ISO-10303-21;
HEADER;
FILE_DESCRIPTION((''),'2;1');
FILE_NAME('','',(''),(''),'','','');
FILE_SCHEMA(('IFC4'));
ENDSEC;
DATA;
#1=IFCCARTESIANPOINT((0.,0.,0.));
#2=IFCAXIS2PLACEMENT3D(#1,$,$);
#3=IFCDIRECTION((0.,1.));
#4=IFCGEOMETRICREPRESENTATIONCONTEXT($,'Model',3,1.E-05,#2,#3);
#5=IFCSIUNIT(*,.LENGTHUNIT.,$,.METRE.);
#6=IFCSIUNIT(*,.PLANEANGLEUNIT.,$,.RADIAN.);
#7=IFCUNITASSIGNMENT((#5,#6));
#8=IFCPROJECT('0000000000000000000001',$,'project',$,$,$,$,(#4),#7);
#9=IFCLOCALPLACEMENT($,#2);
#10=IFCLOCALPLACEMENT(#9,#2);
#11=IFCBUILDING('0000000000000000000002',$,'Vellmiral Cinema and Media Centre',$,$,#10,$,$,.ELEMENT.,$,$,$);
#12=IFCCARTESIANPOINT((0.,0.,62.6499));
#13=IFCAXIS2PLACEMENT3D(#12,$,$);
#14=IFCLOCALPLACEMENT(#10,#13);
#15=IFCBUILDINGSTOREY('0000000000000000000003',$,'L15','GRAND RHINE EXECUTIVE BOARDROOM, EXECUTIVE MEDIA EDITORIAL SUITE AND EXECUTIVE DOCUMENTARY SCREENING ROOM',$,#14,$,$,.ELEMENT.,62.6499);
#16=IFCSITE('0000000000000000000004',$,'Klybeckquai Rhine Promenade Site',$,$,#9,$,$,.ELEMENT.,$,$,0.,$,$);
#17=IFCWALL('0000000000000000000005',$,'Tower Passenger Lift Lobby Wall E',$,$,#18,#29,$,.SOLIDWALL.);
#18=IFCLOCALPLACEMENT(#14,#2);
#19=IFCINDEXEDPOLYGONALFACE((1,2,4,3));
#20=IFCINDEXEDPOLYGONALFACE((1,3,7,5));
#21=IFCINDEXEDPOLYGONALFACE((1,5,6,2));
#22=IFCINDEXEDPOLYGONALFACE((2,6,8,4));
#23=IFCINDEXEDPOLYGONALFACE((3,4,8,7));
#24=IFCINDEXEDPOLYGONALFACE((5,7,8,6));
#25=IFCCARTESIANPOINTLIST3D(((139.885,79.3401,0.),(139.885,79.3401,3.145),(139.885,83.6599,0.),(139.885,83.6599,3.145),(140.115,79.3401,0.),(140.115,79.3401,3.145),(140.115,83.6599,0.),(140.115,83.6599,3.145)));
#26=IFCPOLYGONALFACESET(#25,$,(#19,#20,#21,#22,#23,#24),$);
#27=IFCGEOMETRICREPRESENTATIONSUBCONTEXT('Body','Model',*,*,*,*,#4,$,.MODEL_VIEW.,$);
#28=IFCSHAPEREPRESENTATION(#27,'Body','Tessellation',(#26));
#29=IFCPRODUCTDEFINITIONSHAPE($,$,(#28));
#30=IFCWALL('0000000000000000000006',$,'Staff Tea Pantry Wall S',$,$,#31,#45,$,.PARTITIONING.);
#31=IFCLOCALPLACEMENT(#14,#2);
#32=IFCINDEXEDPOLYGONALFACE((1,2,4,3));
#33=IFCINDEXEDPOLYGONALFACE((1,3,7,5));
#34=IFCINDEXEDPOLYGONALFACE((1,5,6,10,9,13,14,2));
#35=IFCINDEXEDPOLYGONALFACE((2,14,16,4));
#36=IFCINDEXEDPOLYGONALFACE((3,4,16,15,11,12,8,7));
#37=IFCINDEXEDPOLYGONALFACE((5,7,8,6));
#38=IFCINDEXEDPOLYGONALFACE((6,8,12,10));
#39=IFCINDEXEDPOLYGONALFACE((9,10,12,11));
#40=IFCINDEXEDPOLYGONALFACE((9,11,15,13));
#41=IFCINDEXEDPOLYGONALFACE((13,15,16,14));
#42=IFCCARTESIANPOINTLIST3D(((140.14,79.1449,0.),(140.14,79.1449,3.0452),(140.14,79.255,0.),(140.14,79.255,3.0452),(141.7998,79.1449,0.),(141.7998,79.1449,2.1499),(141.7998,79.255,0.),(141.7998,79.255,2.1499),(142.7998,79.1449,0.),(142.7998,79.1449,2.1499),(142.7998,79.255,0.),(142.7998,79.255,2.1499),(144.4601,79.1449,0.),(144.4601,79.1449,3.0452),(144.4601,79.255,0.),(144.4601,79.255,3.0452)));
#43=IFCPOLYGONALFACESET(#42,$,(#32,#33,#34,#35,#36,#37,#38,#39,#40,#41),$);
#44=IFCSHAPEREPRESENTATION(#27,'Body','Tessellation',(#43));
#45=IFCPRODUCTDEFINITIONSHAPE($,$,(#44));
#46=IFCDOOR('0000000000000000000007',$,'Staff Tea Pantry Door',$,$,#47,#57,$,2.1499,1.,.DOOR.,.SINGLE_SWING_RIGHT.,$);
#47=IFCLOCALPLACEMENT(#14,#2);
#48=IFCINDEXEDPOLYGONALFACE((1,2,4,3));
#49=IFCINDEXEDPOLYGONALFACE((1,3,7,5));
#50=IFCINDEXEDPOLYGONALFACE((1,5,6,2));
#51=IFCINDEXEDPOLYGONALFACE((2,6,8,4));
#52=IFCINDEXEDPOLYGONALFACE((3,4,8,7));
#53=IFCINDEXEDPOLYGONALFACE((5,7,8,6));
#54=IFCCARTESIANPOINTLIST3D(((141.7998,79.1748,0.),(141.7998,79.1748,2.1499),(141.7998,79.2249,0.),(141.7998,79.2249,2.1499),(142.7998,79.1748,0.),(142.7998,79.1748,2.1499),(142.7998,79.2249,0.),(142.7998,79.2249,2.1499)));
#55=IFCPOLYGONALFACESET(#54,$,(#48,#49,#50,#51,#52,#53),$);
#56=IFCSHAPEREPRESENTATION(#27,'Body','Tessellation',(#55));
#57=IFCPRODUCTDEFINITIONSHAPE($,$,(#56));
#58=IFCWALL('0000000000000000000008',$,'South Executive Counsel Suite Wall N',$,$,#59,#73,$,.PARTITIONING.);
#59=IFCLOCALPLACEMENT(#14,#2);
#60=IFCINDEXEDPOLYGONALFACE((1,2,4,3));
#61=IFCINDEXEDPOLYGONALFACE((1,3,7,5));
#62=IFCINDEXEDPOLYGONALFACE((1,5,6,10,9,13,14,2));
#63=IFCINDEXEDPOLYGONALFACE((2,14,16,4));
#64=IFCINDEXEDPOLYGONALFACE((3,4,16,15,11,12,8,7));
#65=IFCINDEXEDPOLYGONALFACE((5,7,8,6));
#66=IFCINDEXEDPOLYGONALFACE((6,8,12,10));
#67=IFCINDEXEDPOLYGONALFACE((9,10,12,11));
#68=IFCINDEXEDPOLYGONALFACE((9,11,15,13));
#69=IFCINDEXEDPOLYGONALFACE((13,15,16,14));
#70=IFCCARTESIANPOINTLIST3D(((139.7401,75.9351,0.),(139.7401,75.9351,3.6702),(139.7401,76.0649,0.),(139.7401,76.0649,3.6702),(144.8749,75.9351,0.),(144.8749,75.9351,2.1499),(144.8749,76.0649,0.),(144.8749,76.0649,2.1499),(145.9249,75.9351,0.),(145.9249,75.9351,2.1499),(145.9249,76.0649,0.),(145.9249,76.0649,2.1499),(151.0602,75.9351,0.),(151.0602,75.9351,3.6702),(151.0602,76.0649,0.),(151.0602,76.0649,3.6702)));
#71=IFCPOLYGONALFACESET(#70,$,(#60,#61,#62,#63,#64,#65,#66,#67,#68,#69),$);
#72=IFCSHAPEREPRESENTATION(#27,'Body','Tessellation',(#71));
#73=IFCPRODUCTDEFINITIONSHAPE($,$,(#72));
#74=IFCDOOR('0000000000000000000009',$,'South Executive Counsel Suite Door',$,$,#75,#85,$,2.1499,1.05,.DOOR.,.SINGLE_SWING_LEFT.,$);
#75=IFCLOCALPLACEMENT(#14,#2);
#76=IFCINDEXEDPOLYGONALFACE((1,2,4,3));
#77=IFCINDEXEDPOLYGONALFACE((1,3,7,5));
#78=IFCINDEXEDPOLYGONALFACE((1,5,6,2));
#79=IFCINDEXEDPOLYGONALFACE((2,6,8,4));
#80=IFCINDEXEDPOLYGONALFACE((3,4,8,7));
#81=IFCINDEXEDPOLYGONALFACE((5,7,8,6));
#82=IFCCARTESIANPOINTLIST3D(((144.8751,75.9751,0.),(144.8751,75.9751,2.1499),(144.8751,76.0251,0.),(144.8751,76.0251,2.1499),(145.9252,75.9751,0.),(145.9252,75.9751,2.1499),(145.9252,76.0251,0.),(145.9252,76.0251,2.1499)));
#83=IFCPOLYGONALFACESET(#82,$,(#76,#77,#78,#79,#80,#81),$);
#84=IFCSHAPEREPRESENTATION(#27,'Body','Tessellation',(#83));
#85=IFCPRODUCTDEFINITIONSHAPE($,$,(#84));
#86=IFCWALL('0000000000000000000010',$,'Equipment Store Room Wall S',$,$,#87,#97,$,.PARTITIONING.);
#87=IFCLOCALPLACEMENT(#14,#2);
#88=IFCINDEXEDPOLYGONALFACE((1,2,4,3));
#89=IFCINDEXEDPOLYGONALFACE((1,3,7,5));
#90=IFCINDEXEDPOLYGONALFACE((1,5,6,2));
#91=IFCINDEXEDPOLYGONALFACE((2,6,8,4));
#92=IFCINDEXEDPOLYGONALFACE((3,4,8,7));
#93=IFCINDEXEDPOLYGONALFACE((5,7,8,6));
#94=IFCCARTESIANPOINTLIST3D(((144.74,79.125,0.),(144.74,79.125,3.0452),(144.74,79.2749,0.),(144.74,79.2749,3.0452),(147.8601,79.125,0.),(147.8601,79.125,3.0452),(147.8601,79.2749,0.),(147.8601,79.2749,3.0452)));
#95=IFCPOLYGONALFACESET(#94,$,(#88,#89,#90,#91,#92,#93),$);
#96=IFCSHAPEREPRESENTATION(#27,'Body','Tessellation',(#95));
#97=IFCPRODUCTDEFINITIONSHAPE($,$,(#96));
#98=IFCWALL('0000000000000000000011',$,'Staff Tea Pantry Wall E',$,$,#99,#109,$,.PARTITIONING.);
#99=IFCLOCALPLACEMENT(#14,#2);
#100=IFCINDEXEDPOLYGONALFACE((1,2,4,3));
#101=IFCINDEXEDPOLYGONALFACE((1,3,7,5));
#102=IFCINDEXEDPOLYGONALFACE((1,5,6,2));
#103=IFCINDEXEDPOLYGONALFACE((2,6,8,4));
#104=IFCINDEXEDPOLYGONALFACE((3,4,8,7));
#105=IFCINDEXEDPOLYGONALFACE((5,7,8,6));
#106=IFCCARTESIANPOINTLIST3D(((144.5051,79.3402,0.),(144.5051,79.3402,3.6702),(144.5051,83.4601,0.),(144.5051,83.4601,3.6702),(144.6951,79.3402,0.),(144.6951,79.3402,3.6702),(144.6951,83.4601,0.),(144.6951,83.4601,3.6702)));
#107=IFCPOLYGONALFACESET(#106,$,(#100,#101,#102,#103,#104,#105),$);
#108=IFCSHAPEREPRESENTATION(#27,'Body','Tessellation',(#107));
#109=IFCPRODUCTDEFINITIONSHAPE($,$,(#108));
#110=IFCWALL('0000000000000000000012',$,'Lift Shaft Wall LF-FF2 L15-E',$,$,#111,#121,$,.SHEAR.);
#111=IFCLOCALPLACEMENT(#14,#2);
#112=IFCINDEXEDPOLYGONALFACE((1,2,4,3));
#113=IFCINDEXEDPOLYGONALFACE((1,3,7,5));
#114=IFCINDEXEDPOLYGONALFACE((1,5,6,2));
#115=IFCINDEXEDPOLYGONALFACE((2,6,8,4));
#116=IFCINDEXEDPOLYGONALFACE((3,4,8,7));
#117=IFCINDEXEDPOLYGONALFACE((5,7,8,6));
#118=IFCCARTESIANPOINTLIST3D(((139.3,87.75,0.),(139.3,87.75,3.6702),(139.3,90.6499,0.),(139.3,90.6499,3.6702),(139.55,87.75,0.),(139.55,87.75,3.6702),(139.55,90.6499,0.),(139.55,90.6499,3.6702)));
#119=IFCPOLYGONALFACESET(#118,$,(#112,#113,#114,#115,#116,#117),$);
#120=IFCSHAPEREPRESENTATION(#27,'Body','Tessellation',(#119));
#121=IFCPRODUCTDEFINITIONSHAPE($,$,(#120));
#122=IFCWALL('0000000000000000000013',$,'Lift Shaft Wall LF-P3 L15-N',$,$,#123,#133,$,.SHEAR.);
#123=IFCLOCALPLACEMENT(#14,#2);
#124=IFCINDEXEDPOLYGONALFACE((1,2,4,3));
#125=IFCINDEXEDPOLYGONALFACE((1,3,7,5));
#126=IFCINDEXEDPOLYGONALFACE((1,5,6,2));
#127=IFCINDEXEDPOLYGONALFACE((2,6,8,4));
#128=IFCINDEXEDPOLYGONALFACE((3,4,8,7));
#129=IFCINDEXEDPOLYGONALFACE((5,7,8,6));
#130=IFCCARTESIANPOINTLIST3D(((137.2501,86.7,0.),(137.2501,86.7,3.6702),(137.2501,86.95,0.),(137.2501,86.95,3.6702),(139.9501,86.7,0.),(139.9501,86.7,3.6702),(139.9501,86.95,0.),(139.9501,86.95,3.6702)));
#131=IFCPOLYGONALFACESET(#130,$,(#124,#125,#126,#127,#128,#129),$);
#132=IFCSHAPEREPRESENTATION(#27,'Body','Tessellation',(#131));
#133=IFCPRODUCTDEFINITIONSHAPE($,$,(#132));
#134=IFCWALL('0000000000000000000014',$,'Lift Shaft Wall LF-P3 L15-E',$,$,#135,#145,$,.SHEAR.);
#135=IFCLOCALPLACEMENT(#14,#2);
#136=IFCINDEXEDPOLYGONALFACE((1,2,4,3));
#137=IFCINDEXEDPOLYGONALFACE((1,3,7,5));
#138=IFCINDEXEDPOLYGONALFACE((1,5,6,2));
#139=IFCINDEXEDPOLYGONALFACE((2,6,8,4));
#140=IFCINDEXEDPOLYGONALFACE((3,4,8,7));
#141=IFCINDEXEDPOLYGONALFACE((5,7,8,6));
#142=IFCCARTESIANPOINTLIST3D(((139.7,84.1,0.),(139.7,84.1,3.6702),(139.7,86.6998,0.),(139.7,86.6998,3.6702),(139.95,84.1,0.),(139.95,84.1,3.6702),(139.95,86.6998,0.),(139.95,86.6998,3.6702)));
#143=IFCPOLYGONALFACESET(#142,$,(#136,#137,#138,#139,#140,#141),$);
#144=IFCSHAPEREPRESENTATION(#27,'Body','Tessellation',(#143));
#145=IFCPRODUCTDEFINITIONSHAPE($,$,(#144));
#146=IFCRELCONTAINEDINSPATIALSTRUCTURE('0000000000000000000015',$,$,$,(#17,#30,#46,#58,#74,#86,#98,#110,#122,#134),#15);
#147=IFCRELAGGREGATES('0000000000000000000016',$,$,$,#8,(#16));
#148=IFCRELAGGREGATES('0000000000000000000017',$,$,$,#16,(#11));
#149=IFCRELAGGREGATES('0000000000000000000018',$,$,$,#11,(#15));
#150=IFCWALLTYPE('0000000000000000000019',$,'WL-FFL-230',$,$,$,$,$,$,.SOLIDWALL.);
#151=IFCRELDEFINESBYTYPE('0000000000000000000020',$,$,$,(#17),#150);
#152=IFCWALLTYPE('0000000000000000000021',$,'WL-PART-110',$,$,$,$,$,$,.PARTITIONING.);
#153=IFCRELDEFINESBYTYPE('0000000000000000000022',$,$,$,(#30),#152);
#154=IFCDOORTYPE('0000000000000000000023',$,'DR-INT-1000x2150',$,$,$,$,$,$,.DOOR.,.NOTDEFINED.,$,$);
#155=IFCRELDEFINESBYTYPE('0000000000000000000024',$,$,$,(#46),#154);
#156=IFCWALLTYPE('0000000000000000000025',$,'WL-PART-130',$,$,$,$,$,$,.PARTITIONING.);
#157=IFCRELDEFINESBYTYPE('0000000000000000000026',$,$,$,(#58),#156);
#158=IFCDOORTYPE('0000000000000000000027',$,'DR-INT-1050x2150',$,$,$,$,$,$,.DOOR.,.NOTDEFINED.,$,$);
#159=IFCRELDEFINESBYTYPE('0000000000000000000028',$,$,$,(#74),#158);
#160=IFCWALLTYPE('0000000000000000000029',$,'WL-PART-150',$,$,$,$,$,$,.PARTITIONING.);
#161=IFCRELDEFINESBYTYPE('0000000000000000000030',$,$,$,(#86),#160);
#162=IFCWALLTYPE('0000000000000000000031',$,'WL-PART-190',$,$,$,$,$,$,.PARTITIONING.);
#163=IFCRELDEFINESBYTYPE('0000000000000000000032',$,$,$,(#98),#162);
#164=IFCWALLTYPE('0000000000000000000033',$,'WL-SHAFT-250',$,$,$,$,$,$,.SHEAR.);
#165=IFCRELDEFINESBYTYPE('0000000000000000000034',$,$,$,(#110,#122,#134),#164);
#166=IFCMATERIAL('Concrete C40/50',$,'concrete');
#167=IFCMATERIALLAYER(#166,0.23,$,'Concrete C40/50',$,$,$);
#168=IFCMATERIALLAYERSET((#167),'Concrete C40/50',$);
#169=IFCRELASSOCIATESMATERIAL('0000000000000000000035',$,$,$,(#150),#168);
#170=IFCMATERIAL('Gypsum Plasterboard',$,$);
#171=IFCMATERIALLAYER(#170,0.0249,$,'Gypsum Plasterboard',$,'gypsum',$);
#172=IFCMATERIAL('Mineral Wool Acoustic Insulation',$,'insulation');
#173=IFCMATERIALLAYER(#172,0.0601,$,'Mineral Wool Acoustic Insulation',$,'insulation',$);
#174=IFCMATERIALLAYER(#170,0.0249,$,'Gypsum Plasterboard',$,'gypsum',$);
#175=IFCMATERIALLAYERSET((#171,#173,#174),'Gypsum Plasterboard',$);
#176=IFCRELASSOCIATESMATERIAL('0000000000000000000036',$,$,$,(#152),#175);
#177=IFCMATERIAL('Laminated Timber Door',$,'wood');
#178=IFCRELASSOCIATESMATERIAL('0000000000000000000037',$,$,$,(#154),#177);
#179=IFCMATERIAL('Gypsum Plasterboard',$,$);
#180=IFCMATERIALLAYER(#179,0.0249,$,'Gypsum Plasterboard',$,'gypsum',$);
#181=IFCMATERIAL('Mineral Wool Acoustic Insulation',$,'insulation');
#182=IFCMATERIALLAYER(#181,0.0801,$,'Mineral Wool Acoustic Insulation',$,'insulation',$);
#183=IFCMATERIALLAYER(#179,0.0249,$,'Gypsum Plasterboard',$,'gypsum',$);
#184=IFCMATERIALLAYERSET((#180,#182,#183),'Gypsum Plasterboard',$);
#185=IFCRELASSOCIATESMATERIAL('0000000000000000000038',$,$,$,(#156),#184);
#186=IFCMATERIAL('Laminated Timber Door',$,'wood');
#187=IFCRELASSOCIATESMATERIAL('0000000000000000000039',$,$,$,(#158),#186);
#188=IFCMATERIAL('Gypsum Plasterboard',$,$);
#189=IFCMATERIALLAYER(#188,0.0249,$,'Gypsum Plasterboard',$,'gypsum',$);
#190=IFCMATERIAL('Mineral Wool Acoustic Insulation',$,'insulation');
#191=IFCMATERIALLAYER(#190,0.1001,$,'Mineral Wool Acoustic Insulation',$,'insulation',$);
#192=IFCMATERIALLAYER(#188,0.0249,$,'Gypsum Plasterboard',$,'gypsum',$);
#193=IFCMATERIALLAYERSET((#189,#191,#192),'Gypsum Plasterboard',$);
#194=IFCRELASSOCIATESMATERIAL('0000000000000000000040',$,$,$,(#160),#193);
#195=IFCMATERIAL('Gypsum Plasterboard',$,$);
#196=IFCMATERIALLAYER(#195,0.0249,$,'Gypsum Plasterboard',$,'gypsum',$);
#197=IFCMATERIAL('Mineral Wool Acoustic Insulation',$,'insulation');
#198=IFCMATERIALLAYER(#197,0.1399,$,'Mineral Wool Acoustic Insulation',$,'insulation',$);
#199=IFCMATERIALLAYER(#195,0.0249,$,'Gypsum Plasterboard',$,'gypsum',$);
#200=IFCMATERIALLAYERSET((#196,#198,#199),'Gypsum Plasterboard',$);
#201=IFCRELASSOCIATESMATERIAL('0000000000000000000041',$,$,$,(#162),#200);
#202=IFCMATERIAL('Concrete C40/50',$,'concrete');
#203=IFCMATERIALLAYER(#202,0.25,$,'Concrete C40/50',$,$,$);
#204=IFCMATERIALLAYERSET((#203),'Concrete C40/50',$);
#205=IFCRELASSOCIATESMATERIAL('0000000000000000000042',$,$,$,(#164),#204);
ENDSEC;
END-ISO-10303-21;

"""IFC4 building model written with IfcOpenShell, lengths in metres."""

from ifc_helpers import new_model, si_unit, direction, frame, frame_2d, origin, place, context, subcontext, project, spatial, rectangle, extrude, material, layer, layer_set, type_object, element, fill, save


model = new_model("IFC4")

# Units and contexts
model_context = context("Model", 3, precision=1e-05, world=origin(), true_north=direction((0.0, 1.0)))
body_context = subcontext(model_context, "Body", "Model", "MODEL_VIEW")
ifc_project = project(units=[si_unit("LENGTHUNIT", "METRE"), si_unit("PLANEANGLEUNIT", "RADIAN")], contexts=[model_context])

# Site, building, storey
site_placement = place(None, origin())
site = spatial("IfcSite", under=ifc_project, at=site_placement, Name="Klybeckquai Rhine Promenade Site", CompositionType="ELEMENT", RefElevation=0.0)
building_placement = place(site_placement, origin())
building = spatial("IfcBuilding", under=site, at=building_placement, Name="Vellmiral Cinema and Media Centre", CompositionType="ELEMENT")
storey_placement = place(building_placement, frame((0.0, 0.0, 62.6499)))
storey = spatial("IfcBuildingStorey", under=building, at=storey_placement, Name="L15", Description="GRAND RHINE EXECUTIVE BOARDROOM, EXECUTIVE MEDIA EDITORIAL SUITE AND EXECUTIVE DOCUMENTARY SCREENING ROOM", CompositionType="ELEMENT", Elevation=62.6499)

# Wall
ifc_material_1 = material(Name="Concrete C40/50", Category="concrete")
ifc_layer_1 = layer(ifc_material_1, 0.23, Name="Concrete C40/50")
ifc_layer_set_1 = layer_set([ifc_layer_1], Name="Concrete C40/50")
wall_type_1 = type_object("IfcWallType", Name="WL-FFL-230", PredefinedType="SOLIDWALL", material=ifc_layer_set_1)
wall_1_placement = place(storey_placement, frame((140.0, 79.3401, 0.0), z_axis=(0.0, 0.0, 1.0), x_axis=(0.0, 1.0, 0.0)))
element("IfcWall", 1, at=wall_1_placement, inside=storey, type_object=wall_type_1, Name="Tower Passenger Lift Lobby Wall E", PredefinedType="SOLIDWALL", context=body_context, shape_type="SweptSolid", body=[
    extrude(rectangle(XDim=4.3198, YDim=0.23, at=frame_2d((2.1599, 0.0))), origin(), (0.0, 0.0, 1.0), 3.145),
])

# Walls, openings, doors
ifc_material_2 = material(Name="Gypsum Plasterboard")
ifc_layer_2 = layer(ifc_material_2, 0.0249, Name="Gypsum Plasterboard", Category="gypsum")
ifc_material_3 = material(Name="Mineral Wool Acoustic Insulation", Category="insulation")
ifc_layer_3 = layer(ifc_material_3, 0.0601, Name="Mineral Wool Acoustic Insulation", Category="insulation")
ifc_layer_4 = layer(ifc_material_2, 0.0249, Name="Gypsum Plasterboard", Category="gypsum")
ifc_layer_set_2 = layer_set([ifc_layer_2, ifc_layer_3, ifc_layer_4], Name="Gypsum Plasterboard")
wall_type_2 = type_object("IfcWallType", Name="WL-PART-110", PredefinedType="PARTITIONING", material=ifc_layer_set_2)
wall_2_placement = place(storey_placement, frame((140.1399, 79.2, 0.0), z_axis=(0.0, 0.0, 1.0), x_axis=(1.0, 0.0, 0.0)))
wall_2 = element("IfcWall", 2, at=wall_2_placement, inside=storey, type_object=wall_type_2, Name="Staff Tea Pantry Wall S", PredefinedType="PARTITIONING", context=body_context, shape_type="SweptSolid", body=[
    extrude(rectangle(XDim=4.3201, YDim=0.1101, at=frame_2d((2.1602, 0.0))), origin(), (0.0, 0.0, 1.0), 3.0452),
])
opening_1_placement = place(wall_2_placement, frame((1.6599, 0.0, 0.0)))
opening_1 = element("IfcOpeningElement", 3, at=opening_1_placement, cuts=wall_2, PredefinedType="OPENING", context=body_context, shape_type="SweptSolid", body=[
    extrude(rectangle(XDim=1.0, YDim=2.1499, at=frame_2d((0.5, 1.075))), frame((0.0, 0.0669, 0.0), z_axis=(0.0, -1.0, 0.0), x_axis=(1.0, 0.0, 0.0)), (0.0, 0.0, 1.0), 0.134),
])
ifc_material_4 = material(Name="Laminated Timber Door", Category="wood")
door_type_1 = type_object("IfcDoorType", Name="DR-INT-1000x2150", OperationType="NOTDEFINED", PredefinedType="DOOR", material=ifc_material_4)
door_1_placement = place(opening_1_placement, origin())
door_1 = element("IfcDoor", 4, at=door_1_placement, inside=storey, type_object=door_type_1, Name="Staff Tea Pantry Door", OperationType="SINGLE_SWING_RIGHT", OverallHeight=2.1499, OverallWidth=1.0, PredefinedType="DOOR", context=body_context, shape_type="SweptSolid", body=[
    extrude(rectangle(XDim=1.0, YDim=2.1499, at=frame_2d((0.5, 1.075))), frame((0.0, 0.0249, 0.0), z_axis=(0.0, -1.0, 0.0), x_axis=(1.0, 0.0, 0.0)), (0.0, 0.0, 1.0), 0.05),
])
fill(opening_1, door_1)
ifc_material_5 = material(Name="Gypsum Plasterboard")
ifc_layer_5 = layer(ifc_material_5, 0.0249, Name="Gypsum Plasterboard", Category="gypsum")
ifc_material_6 = material(Name="Mineral Wool Acoustic Insulation", Category="insulation")
ifc_layer_6 = layer(ifc_material_6, 0.0801, Name="Mineral Wool Acoustic Insulation", Category="insulation")
ifc_layer_7 = layer(ifc_material_5, 0.0249, Name="Gypsum Plasterboard", Category="gypsum")
ifc_layer_set_3 = layer_set([ifc_layer_5, ifc_layer_6, ifc_layer_7], Name="Gypsum Plasterboard")
wall_type_3 = type_object("IfcWallType", Name="WL-PART-130", PredefinedType="PARTITIONING", material=ifc_layer_set_3)
wall_3_placement = place(storey_placement, frame((139.74, 76.0, 0.0), z_axis=(0.0, 0.0, 1.0), x_axis=(1.0, 0.0, 0.0)))
wall_3 = element("IfcWall", 5, at=wall_3_placement, inside=storey, type_object=wall_type_3, Name="South Executive Counsel Suite Wall N", PredefinedType="PARTITIONING", context=body_context, shape_type="SweptSolid", body=[
    extrude(rectangle(XDim=11.3201, YDim=0.1299, at=frame_2d((5.6602, 0.0))), origin(), (0.0, 0.0, 1.0), 3.6702),
])
opening_2_placement = place(wall_3_placement, frame((5.135, 0.0, 0.0)))
opening_2 = element("IfcOpeningElement", 6, at=opening_2_placement, cuts=wall_3, PredefinedType="OPENING", context=body_context, shape_type="SweptSolid", body=[
    extrude(rectangle(XDim=1.05, YDim=2.1499, at=frame_2d((0.5249, 1.075))), frame((0.0, 0.0769, 0.0), z_axis=(0.0, -1.0, 0.0), x_axis=(1.0, 0.0, 0.0)), (0.0, 0.0, 1.0), 0.1538),
])
ifc_material_7 = material(Name="Laminated Timber Door", Category="wood")
door_type_2 = type_object("IfcDoorType", Name="DR-INT-1050x2150", OperationType="NOTDEFINED", PredefinedType="DOOR", material=ifc_material_7)
door_2_placement = place(opening_2_placement, frame((1.05, 0.0, 0.0), z_axis=(0.0, 0.0, 1.0), x_axis=(-1.0, 0.0, 0.0)))
door_2 = element("IfcDoor", 7, at=door_2_placement, inside=storey, type_object=door_type_2, Name="South Executive Counsel Suite Door", OperationType="SINGLE_SWING_LEFT", OverallHeight=2.1499, OverallWidth=1.05, PredefinedType="DOOR", context=body_context, shape_type="SweptSolid", body=[
    extrude(rectangle(XDim=1.05, YDim=2.1499, at=frame_2d((0.5249, 1.075))), frame((0.0, 0.0249, 0.0), z_axis=(0.0, -1.0, 0.0), x_axis=(1.0, 0.0, 0.0)), (0.0, 0.0, 1.0), 0.05),
])
fill(opening_2, door_2)

# Walls
ifc_material_8 = material(Name="Gypsum Plasterboard")
ifc_layer_8 = layer(ifc_material_8, 0.0249, Name="Gypsum Plasterboard", Category="gypsum")
ifc_material_9 = material(Name="Mineral Wool Acoustic Insulation", Category="insulation")
ifc_layer_9 = layer(ifc_material_9, 0.1001, Name="Mineral Wool Acoustic Insulation", Category="insulation")
ifc_layer_10 = layer(ifc_material_8, 0.0249, Name="Gypsum Plasterboard", Category="gypsum")
ifc_layer_set_4 = layer_set([ifc_layer_8, ifc_layer_9, ifc_layer_10], Name="Gypsum Plasterboard")
wall_type_4 = type_object("IfcWallType", Name="WL-PART-150", PredefinedType="PARTITIONING", material=ifc_layer_set_4)
wall_4_placement = place(storey_placement, frame((144.74, 79.2, 0.0), z_axis=(0.0, 0.0, 1.0), x_axis=(1.0, 0.0, 0.0)))
element("IfcWall", 8, at=wall_4_placement, inside=storey, type_object=wall_type_4, Name="Equipment Store Room Wall S", PredefinedType="PARTITIONING", context=body_context, shape_type="SweptSolid", body=[
    extrude(rectangle(XDim=3.1201, YDim=0.1499, at=frame_2d((1.5601, 0.0))), origin(), (0.0, 0.0, 1.0), 3.0452),
])
ifc_material_10 = material(Name="Gypsum Plasterboard")
ifc_layer_11 = layer(ifc_material_10, 0.0249, Name="Gypsum Plasterboard", Category="gypsum")
ifc_material_11 = material(Name="Mineral Wool Acoustic Insulation", Category="insulation")
ifc_layer_12 = layer(ifc_material_11, 0.1399, Name="Mineral Wool Acoustic Insulation", Category="insulation")
ifc_layer_13 = layer(ifc_material_10, 0.0249, Name="Gypsum Plasterboard", Category="gypsum")
ifc_layer_set_5 = layer_set([ifc_layer_11, ifc_layer_12, ifc_layer_13], Name="Gypsum Plasterboard")
wall_type_5 = type_object("IfcWallType", Name="WL-PART-190", PredefinedType="PARTITIONING", material=ifc_layer_set_5)
wall_5_placement = place(storey_placement, frame((144.6001, 79.3401, 0.0), z_axis=(0.0, 0.0, 1.0), x_axis=(0.0, 1.0, 0.0)))
element("IfcWall", 9, at=wall_5_placement, inside=storey, type_object=wall_type_5, Name="Staff Tea Pantry Wall E", PredefinedType="PARTITIONING", context=body_context, shape_type="SweptSolid", body=[
    extrude(rectangle(XDim=4.1199, YDim=0.1899, at=frame_2d((2.0601, 0.0))), origin(), (0.0, 0.0, 1.0), 3.6702),
])
ifc_material_12 = material(Name="Concrete C40/50", Category="concrete")
ifc_layer_14 = layer(ifc_material_12, 0.25, Name="Concrete C40/50")
ifc_layer_set_6 = layer_set([ifc_layer_14], Name="Concrete C40/50")
wall_type_6 = type_object("IfcWallType", Name="WL-SHAFT-250", PredefinedType="SHEAR", material=ifc_layer_set_6)
wall_6_placement = place(storey_placement, frame((139.425, 87.75, 0.0), z_axis=(0.0, 0.0, 1.0), x_axis=(0.0, 1.0, 0.0)))
element("IfcWall", 10, at=wall_6_placement, inside=storey, type_object=wall_type_6, Name="Lift Shaft Wall LF-FF2 L15-E", PredefinedType="SHEAR", context=body_context, shape_type="SweptSolid", body=[
    extrude(rectangle(XDim=2.8999, YDim=0.25, at=frame_2d((1.45, 0.0))), origin(), (0.0, 0.0, 1.0), 3.6702),
])

# Walls
wall_7_placement = place(storey_placement, frame((137.25, 86.825, 0.0), z_axis=(0.0, 0.0, 1.0), x_axis=(1.0, 0.0, 0.0)))
element("IfcWall", 11, at=wall_7_placement, inside=storey, type_object=wall_type_6, Name="Lift Shaft Wall LF-P3 L15-N", PredefinedType="SHEAR", context=body_context, shape_type="SweptSolid", body=[
    extrude(rectangle(XDim=2.7, YDim=0.25, at=frame_2d((1.3501, 0.0))), origin(), (0.0, 0.0, 1.0), 3.6702),
])
wall_8_placement = place(storey_placement, frame((139.825, 84.1001, 0.0), z_axis=(0.0, 0.0, 1.0), x_axis=(0.0, 1.0, 0.0)))
element("IfcWall", 12, at=wall_8_placement, inside=storey, type_object=wall_type_6, Name="Lift Shaft Wall LF-P3 L15-E", PredefinedType="SHEAR", context=body_context, shape_type="SweptSolid", body=[
    extrude(rectangle(XDim=2.5999, YDim=0.25, at=frame_2d((1.2998, 0.0))), origin(), (0.0, 0.0, 1.0), 3.6702),
])

save(model, "model.ifc")
